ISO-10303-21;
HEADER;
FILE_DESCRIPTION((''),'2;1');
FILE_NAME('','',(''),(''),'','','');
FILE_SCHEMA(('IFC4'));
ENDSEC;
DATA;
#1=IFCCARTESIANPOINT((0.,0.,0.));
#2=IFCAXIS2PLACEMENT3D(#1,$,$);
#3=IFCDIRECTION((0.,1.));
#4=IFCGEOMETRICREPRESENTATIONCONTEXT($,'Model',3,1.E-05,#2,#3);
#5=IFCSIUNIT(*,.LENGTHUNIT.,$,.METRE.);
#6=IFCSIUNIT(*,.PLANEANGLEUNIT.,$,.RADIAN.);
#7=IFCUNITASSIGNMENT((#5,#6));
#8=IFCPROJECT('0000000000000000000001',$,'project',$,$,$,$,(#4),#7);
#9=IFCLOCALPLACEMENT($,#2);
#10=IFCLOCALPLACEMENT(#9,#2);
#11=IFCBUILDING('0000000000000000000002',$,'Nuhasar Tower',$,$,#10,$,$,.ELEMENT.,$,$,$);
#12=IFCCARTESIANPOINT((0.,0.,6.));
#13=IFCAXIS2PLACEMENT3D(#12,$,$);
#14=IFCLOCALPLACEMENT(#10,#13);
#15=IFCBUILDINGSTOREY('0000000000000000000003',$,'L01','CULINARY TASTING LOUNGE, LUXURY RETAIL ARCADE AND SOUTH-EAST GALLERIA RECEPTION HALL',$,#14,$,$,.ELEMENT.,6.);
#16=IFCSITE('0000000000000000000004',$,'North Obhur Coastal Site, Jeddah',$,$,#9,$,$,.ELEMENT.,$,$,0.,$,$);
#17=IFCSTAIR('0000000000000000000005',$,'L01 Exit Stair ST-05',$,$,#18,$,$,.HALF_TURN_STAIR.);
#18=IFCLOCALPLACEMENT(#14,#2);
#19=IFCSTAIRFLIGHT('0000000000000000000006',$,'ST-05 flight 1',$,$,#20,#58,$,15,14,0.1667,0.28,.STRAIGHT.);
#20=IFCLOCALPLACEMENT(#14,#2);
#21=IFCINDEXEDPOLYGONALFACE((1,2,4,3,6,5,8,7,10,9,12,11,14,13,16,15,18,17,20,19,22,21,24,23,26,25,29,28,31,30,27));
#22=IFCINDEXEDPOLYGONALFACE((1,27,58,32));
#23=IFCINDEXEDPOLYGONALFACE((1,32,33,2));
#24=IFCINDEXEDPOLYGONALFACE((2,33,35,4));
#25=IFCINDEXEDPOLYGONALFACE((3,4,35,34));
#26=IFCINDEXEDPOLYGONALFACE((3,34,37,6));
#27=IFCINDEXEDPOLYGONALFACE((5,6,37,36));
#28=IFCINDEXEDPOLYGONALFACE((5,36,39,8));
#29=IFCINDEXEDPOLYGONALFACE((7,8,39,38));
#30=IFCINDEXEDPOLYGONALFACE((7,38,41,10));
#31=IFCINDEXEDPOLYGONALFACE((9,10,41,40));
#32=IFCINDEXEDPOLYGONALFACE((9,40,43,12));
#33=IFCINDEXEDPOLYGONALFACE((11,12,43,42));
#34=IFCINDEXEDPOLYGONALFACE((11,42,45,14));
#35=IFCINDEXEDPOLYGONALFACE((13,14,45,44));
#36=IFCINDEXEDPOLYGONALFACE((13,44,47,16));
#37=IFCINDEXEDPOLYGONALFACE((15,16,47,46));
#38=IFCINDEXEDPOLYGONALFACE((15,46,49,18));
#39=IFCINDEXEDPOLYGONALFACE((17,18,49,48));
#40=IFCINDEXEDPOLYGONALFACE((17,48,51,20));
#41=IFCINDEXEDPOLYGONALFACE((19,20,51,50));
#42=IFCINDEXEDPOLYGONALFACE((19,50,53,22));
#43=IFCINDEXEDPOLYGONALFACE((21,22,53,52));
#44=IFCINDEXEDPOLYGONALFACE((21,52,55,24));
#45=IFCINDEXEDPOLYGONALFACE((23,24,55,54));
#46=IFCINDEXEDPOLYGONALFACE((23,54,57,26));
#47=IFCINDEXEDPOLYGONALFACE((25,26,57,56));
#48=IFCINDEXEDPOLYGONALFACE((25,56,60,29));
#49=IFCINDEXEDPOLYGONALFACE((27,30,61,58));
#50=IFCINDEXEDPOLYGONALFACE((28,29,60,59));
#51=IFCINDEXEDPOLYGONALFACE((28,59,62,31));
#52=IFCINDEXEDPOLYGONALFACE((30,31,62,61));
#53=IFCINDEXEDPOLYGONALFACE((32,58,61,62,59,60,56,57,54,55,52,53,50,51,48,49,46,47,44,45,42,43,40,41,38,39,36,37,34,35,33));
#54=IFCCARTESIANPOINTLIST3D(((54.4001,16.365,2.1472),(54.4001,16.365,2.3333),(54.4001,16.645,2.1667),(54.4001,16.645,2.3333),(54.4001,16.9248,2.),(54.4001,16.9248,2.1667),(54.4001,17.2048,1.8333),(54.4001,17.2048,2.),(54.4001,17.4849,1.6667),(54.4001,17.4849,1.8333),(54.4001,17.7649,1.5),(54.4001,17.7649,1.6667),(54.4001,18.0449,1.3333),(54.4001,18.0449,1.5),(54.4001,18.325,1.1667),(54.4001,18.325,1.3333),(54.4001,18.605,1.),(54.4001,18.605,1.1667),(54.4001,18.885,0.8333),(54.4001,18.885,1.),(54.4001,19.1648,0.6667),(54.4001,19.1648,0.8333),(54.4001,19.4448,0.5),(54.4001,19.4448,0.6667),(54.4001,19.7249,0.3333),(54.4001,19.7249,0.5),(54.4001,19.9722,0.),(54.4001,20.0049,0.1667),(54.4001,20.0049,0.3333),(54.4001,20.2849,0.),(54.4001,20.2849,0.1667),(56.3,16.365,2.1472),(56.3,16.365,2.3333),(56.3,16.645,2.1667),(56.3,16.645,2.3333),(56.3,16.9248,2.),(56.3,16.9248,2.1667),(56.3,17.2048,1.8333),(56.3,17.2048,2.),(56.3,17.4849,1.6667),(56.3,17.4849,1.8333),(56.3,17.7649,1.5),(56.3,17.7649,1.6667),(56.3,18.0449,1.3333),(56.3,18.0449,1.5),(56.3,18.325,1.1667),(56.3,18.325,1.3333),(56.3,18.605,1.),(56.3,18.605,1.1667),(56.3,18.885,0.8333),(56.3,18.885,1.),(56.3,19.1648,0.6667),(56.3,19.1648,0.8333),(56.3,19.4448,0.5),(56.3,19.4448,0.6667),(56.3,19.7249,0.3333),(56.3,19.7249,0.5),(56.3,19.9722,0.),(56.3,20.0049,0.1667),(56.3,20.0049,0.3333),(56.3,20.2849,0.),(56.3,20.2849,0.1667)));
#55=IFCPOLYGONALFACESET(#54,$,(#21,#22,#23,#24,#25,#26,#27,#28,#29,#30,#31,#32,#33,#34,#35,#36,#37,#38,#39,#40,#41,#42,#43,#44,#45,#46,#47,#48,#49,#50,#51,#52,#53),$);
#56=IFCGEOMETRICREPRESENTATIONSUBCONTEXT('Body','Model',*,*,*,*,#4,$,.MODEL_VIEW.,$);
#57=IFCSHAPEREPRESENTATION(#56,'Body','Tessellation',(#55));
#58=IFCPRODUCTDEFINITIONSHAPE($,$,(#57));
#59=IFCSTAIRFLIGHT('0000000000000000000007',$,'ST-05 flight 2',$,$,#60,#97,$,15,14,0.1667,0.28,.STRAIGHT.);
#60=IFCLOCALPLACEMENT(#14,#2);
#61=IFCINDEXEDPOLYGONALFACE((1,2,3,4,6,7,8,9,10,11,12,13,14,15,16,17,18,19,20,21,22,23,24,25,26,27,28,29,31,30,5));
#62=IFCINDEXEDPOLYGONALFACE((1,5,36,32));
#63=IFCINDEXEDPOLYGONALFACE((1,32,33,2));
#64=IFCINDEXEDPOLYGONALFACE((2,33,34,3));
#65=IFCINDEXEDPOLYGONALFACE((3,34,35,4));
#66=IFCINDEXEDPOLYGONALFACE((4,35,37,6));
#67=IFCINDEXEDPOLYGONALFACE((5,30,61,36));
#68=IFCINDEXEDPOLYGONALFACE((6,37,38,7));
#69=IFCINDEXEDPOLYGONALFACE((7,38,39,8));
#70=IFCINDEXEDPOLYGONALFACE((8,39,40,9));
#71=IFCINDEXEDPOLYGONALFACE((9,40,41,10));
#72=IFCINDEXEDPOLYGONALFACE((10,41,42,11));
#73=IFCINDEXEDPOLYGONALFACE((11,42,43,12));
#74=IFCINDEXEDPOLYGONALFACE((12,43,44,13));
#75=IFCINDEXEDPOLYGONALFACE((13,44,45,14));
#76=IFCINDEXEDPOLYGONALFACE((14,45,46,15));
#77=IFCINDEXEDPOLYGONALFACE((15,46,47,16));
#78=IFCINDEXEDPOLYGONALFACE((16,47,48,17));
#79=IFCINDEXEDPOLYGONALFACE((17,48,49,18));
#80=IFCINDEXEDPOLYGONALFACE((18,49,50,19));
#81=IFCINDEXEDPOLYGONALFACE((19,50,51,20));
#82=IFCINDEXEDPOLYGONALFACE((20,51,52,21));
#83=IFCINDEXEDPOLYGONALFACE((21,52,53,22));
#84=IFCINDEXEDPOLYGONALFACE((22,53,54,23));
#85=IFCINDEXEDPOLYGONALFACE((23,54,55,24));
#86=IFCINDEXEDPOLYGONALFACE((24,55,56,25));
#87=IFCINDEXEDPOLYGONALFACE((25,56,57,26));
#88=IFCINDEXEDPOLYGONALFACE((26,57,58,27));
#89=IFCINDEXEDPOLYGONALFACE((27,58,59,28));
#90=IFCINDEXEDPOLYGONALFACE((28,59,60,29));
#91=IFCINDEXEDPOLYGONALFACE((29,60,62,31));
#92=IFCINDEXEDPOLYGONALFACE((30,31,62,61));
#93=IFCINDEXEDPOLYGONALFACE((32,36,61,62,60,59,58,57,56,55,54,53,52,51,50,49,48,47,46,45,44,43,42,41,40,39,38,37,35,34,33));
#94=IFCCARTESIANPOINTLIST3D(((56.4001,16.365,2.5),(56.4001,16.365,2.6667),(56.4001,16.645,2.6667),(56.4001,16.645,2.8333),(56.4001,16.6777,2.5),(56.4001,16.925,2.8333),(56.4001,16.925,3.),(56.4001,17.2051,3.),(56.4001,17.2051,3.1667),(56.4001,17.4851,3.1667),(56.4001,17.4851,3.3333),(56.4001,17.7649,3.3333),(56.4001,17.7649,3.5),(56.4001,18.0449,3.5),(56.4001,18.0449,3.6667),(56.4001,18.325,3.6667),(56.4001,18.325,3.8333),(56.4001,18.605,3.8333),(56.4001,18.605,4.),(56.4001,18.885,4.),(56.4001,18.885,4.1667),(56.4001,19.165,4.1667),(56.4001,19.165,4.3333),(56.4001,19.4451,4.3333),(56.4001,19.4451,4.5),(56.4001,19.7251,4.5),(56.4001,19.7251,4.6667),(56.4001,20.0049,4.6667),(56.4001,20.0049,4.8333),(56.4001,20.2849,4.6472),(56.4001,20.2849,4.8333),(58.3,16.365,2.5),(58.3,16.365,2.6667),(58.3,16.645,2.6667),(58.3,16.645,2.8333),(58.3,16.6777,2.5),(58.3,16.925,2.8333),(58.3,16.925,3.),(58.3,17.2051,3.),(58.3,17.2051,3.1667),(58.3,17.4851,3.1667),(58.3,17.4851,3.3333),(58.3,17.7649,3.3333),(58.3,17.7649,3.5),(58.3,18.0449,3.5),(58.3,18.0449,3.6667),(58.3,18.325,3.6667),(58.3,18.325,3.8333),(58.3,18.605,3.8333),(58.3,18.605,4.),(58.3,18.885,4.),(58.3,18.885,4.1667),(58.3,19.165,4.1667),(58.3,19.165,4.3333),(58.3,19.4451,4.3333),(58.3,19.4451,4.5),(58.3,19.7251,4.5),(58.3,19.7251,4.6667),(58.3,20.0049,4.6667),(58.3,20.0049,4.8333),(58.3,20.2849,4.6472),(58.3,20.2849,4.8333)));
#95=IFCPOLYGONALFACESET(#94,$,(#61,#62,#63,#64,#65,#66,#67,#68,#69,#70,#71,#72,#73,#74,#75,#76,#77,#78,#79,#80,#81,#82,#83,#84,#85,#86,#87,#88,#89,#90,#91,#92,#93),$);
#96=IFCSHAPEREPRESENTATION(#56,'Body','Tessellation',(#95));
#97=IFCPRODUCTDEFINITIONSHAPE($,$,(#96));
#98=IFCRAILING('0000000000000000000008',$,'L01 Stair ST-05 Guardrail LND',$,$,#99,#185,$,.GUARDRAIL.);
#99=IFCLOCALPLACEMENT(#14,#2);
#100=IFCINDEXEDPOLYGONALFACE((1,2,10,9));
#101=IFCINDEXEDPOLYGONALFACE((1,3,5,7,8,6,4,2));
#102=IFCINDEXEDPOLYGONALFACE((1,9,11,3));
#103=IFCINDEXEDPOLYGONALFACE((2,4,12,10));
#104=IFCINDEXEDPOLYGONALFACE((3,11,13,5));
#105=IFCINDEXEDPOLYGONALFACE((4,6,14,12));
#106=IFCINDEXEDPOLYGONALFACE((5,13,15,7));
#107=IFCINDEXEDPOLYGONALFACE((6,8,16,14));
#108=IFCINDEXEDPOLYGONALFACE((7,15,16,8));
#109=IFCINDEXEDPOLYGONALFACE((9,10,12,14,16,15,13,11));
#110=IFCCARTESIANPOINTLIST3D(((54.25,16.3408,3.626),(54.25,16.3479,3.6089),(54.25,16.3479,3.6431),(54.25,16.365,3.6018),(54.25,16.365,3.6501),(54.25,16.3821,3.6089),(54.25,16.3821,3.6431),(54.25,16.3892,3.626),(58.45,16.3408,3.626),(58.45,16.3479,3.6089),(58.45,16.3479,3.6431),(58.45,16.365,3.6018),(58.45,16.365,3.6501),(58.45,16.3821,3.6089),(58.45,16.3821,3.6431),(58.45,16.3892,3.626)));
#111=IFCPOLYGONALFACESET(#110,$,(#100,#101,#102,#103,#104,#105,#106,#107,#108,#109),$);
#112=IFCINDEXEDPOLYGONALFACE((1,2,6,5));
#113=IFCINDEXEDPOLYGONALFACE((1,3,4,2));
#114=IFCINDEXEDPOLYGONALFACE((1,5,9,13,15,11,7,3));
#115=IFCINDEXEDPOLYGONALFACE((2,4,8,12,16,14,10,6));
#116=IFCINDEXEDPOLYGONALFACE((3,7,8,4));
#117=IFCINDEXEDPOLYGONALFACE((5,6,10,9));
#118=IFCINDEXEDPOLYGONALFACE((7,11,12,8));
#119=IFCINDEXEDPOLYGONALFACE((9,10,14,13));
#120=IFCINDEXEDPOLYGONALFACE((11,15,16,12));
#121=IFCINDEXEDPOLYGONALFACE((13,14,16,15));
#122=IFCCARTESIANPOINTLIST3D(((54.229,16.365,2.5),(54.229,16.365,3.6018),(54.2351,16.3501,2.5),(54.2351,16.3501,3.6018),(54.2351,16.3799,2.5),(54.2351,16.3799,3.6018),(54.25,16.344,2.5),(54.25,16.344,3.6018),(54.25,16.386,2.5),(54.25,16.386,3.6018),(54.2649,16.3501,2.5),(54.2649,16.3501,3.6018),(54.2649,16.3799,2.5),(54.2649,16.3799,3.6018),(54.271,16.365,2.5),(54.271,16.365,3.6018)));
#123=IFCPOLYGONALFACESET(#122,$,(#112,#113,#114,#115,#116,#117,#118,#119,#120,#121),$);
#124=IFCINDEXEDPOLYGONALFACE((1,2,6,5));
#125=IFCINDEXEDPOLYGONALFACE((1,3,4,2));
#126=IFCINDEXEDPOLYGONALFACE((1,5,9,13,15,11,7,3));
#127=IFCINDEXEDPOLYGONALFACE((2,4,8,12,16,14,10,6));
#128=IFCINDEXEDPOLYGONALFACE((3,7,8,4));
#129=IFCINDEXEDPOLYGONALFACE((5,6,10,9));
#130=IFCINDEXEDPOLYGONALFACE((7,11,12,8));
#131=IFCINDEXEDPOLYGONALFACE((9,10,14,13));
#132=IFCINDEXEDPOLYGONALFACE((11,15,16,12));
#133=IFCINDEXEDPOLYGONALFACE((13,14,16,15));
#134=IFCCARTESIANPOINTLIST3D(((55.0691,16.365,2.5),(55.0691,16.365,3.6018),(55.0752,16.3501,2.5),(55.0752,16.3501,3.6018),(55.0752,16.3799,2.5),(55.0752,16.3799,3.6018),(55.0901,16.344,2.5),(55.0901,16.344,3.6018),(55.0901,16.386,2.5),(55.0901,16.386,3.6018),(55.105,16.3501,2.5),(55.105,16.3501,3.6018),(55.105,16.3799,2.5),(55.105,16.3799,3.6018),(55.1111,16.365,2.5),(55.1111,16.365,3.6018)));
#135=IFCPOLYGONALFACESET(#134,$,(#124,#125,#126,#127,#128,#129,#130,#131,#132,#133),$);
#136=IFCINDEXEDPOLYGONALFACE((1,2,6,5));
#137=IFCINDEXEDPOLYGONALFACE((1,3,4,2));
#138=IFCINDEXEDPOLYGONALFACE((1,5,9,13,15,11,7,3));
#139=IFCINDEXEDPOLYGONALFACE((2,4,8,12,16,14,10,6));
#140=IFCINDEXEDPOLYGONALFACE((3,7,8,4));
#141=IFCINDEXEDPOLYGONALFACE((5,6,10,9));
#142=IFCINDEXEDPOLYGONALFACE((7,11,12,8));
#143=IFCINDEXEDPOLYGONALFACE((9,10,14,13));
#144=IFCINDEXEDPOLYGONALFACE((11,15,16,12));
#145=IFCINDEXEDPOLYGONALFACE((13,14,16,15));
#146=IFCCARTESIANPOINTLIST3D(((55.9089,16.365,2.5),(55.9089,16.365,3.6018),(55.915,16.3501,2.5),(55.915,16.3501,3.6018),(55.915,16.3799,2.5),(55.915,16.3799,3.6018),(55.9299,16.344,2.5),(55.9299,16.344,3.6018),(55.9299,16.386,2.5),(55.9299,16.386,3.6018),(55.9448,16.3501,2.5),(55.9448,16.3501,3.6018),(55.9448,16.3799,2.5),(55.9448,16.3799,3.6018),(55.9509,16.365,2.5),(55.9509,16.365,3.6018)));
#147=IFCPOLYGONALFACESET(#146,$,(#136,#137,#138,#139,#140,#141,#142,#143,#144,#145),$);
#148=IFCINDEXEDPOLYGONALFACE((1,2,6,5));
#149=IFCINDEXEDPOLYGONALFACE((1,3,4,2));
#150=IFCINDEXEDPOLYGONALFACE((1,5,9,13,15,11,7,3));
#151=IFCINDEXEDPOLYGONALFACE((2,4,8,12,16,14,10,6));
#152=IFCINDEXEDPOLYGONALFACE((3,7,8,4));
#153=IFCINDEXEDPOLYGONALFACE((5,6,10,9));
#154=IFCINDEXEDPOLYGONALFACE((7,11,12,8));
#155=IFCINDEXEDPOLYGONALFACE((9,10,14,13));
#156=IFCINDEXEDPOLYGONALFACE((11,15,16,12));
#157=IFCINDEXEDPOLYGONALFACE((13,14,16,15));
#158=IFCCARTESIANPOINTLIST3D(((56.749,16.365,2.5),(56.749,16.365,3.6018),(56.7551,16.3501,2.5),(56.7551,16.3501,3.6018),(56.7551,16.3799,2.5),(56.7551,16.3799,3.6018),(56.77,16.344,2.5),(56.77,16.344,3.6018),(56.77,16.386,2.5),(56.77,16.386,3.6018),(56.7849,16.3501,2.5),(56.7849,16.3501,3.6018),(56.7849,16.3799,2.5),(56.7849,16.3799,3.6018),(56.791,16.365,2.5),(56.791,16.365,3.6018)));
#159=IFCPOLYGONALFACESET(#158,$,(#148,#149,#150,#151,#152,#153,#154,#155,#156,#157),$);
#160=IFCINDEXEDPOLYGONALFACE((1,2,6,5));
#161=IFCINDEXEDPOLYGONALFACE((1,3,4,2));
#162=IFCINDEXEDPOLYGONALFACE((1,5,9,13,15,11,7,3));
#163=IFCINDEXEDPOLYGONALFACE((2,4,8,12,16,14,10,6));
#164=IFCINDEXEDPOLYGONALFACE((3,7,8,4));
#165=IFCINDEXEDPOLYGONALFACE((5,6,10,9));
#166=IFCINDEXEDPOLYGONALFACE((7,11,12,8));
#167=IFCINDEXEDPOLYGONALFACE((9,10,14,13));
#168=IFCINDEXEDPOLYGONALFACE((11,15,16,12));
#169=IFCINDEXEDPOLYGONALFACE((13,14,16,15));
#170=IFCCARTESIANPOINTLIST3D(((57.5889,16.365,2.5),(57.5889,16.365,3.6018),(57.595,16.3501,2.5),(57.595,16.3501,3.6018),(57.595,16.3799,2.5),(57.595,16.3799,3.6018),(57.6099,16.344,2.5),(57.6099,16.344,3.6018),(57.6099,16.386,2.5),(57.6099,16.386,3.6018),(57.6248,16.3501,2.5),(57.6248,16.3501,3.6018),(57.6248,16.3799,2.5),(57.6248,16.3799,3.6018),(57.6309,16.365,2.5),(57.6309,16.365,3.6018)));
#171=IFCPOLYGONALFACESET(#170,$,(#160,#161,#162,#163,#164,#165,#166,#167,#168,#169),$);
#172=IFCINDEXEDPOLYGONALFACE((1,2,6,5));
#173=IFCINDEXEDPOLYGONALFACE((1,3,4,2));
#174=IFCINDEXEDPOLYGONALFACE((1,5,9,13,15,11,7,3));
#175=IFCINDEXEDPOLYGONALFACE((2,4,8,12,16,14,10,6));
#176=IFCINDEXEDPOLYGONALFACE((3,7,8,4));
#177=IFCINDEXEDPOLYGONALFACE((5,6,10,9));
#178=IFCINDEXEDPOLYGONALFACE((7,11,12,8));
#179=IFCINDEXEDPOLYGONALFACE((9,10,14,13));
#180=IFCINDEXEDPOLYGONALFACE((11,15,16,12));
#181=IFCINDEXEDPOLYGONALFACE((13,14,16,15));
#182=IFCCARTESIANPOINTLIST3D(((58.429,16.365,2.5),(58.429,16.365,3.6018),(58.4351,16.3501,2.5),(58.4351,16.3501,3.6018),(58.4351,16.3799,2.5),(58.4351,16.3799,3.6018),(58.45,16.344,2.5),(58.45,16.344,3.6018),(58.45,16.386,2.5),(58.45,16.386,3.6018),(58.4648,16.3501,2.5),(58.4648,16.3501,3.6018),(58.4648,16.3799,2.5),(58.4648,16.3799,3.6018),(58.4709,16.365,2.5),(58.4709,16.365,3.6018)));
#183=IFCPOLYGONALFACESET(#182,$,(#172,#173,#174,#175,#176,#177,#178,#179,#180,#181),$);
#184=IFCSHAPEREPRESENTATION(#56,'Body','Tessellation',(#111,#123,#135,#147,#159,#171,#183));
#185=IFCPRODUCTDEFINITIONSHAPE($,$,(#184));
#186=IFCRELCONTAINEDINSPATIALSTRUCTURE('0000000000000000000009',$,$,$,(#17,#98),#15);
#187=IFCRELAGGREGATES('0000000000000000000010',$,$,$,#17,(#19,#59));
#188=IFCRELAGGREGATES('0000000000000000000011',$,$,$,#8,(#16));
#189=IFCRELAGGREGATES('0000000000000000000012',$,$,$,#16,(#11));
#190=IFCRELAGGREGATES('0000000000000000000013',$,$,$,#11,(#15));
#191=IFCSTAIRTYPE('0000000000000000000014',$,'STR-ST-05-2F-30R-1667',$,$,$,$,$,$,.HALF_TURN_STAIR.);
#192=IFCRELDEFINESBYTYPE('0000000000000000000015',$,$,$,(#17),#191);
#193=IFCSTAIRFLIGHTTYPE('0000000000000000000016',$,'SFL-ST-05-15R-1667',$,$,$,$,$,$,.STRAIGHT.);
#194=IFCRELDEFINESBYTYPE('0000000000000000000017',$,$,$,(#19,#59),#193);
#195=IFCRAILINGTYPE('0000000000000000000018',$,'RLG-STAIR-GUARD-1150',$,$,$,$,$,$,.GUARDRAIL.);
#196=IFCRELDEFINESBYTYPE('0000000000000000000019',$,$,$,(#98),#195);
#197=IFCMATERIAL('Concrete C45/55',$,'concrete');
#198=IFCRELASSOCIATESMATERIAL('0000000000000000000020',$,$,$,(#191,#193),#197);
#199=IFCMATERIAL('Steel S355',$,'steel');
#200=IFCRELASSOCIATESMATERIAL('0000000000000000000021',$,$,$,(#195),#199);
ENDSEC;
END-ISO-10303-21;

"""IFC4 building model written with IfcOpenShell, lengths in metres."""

from ifc_helpers import new_model, si_unit, direction, frame, origin, place, context, subcontext, project, spatial, polyline, outline, extrude, material, type_object, element, aggregate, save


model = new_model("IFC4")

# Units and contexts
model_context = context("Model", 3, precision=1e-05, world=origin(), true_north=direction((0.0, 1.0)))
body_context = subcontext(model_context, "Body", "Model", "MODEL_VIEW")
ifc_project = project(units=[si_unit("LENGTHUNIT", "METRE"), si_unit("PLANEANGLEUNIT", "RADIAN")], contexts=[model_context])

# Site, building, storey
site_placement = place(None, origin())
site = spatial("IfcSite", under=ifc_project, at=site_placement, Name="North Obhur Coastal Site, Jeddah", CompositionType="ELEMENT", RefElevation=0.0)
building_placement = place(site_placement, origin())
building = spatial("IfcBuilding", under=site, at=building_placement, Name="Nuhasar Tower", CompositionType="ELEMENT")
storey_placement = place(building_placement, frame((0.0, 0.0, 6.0)))
storey = spatial("IfcBuildingStorey", under=building, at=storey_placement, Name="L01", Description="CULINARY TASTING LOUNGE, LUXURY RETAIL ARCADE AND SOUTH-EAST GALLERIA RECEPTION HALL", CompositionType="ELEMENT", Elevation=6.0)

# Shared definitions
ifc_material_1 = material(Name="Steel S355", Category="steel")

# Shared definitions
ifc_material_2 = material(Name="Concrete C45/55", Category="concrete")

# Stair, stair flights
stair_type = type_object("IfcStairType", Name="STR-ST-05-2F-30R-1667", PredefinedType="HALF_TURN_STAIR", material=ifc_material_2)
stair_placement = place(storey_placement, origin())
stair = element("IfcStair", 1, at=stair_placement, inside=storey, type_object=stair_type, Name="L01 Exit Stair ST-05", PredefinedType="HALF_TURN_STAIR")
stair_flight_type = type_object("IfcStairFlightType", Name="SFL-ST-05-15R-1667", PredefinedType="STRAIGHT", material=ifc_material_2)
stair_flight_1_placement = place(storey_placement, frame((55.3501, 20.2849, 0.0), z_axis=(0.0, 0.0, 1.0), x_axis=(0.0, -1.0, 0.0)))
stair_flight_1 = element("IfcStairFlight", 2, at=stair_flight_1_placement, type_object=stair_flight_type, Name="ST-05 flight 1", NumberOfRisers=15, NumberOfTreads=14, PredefinedType="STRAIGHT", RiserHeight=0.1667, TreadLength=0.28, context=body_context, shape_type="SweptSolid", body=[
    extrude(outline(polyline([(0.0, 0.0), (0.0, 0.1667), (0.28, 0.1667), (0.28, 0.3333), (0.5601, 0.3333), (0.5601, 0.5), (0.8401, 0.5), (0.8401, 0.6667), (1.1201, 0.6667), (1.1201, 0.8333), (1.3999, 0.8333), (1.3999, 1.0), (1.6799, 1.0), (1.6799, 1.1667), (1.96, 1.1667), (1.96, 1.3333), (2.24, 1.3333), (2.24, 1.5), (2.52, 1.5), (2.52, 1.6667), (2.8, 1.6667), (2.8, 1.8333), (3.0801, 1.8333), (3.0801, 2.0), (3.3601, 2.0), (3.3601, 2.1667), (3.6399, 2.1667), (3.6399, 2.3333), (3.9199, 2.3333), (3.9199, 2.5), (3.9199, 2.1472), (0.3127, 0.0), (0.0, 0.0)])), frame((0.0, 0.95, 0.0), z_axis=(0.0, -1.0, 0.0), x_axis=(1.0, 0.0, 0.0)), (0.0, 0.0, 1.0), 1.8999),
])
stair_flight_2_placement = place(storey_placement, frame((57.3501, 16.365, 2.5), z_axis=(0.0, 0.0, 1.0), x_axis=(0.0, 1.0, 0.0)))
stair_flight_2 = element("IfcStairFlight", 3, at=stair_flight_2_placement, type_object=stair_flight_type, Name="ST-05 flight 2", NumberOfRisers=15, NumberOfTreads=14, PredefinedType="STRAIGHT", RiserHeight=0.1667, TreadLength=0.28, context=body_context, shape_type="SweptSolid", body=[
    extrude(outline(polyline([(0.0, 0.0), (0.0, 0.1667), (0.28, 0.1667), (0.28, 0.3333), (0.5601, 0.3333), (0.5601, 0.5), (0.8401, 0.5), (0.8401, 0.6667), (1.1201, 0.6667), (1.1201, 0.8333), (1.3999, 0.8333), (1.3999, 1.0), (1.6799, 1.0), (1.6799, 1.1667), (1.96, 1.1667), (1.96, 1.3333), (2.24, 1.3333), (2.24, 1.5), (2.52, 1.5), (2.52, 1.6667), (2.8, 1.6667), (2.8, 1.8333), (3.0801, 1.8333), (3.0801, 2.0), (3.3601, 2.0), (3.3601, 2.1667), (3.6399, 2.1667), (3.6399, 2.3333), (3.9199, 2.3333), (3.9199, 2.5), (3.9199, 2.1472), (0.3127, 0.0), (0.0, 0.0)])), frame((0.0, 0.95, 0.0), z_axis=(0.0, -1.0, 0.0), x_axis=(1.0, 0.0, 0.0)), (0.0, 0.0, 1.0), 1.8999),
])
aggregate(stair, [stair_flight_1, stair_flight_2])

# Railing
railing_type_1 = type_object("IfcRailingType", Name="RLG-STAIR-GUARD-1150", PredefinedType="GUARDRAIL", material=ifc_material_1)
railing_1_placement = place(storey_placement, frame((54.25, 16.365, 2.5)))
element("IfcRailing", 4, at=railing_1_placement, inside=storey, type_object=railing_type_1, Name="L01 Stair ST-05 Guardrail LND", PredefinedType="GUARDRAIL", context=body_context, shape_type="SweptSolid", body=[
    extrude(outline(polyline([(0.0242, 0.0), (0.0171, 0.0171), (0.0, 0.0242), (-0.0171, 0.0171), (-0.0242, 0.0), (-0.0171, -0.0171), (0.0, -0.0242), (0.0171, -0.0171), (0.0242, 0.0)])), frame((0.0, 0.0, 1.126), z_axis=(1.0, 0.0, 0.0), x_axis=(0.0, 1.0, 0.0)), (0.0, 0.0, 1.0), 4.2),
    extrude(outline(polyline([(0.021, 0.0), (0.0149, 0.0149), (0.0, 0.021), (-0.0149, 0.0149), (-0.021, 0.0), (-0.0149, -0.0149), (0.0, -0.021), (0.0149, -0.0149), (0.021, 0.0)])), origin(), (0.0, 0.0, 1.0), 1.1018),
    extrude(outline(polyline([(0.021, 0.0), (0.0149, 0.0149), (0.0, 0.021), (-0.0149, 0.0149), (-0.021, 0.0), (-0.0149, -0.0149), (0.0, -0.021), (0.0149, -0.0149), (0.021, 0.0)])), frame((0.8401, 0.0, 0.0)), (0.0, 0.0, 1.0), 1.1018),
    extrude(outline(polyline([(0.021, 0.0), (0.0149, 0.0149), (0.0, 0.021), (-0.0149, 0.0149), (-0.021, 0.0), (-0.0149, -0.0149), (0.0, -0.021), (0.0149, -0.0149), (0.021, 0.0)])), frame((1.6799, 0.0, 0.0)), (0.0, 0.0, 1.0), 1.1018),
    extrude(outline(polyline([(0.021, 0.0), (0.0149, 0.0149), (0.0, 0.021), (-0.0149, 0.0149), (-0.021, 0.0), (-0.0149, -0.0149), (0.0, -0.021), (0.0149, -0.0149), (0.021, 0.0)])), frame((2.52, 0.0, 0.0)), (0.0, 0.0, 1.0), 1.1018),
    extrude(outline(polyline([(0.021, 0.0), (0.0149, 0.0149), (0.0, 0.021), (-0.0149, 0.0149), (-0.021, 0.0), (-0.0149, -0.0149), (0.0, -0.021), (0.0149, -0.0149), (0.021, 0.0)])), frame((3.3599, 0.0, 0.0)), (0.0, 0.0, 1.0), 1.1018),
    extrude(outline(polyline([(0.021, 0.0), (0.0149, 0.0149), (0.0, 0.021), (-0.0149, 0.0149), (-0.021, 0.0), (-0.0149, -0.0149), (0.0, -0.021), (0.0149, -0.0149), (0.021, 0.0)])), frame((4.2, 0.0, 0.0)), (0.0, 0.0, 1.0), 1.1018),
])

save(model, "model.ifc")
